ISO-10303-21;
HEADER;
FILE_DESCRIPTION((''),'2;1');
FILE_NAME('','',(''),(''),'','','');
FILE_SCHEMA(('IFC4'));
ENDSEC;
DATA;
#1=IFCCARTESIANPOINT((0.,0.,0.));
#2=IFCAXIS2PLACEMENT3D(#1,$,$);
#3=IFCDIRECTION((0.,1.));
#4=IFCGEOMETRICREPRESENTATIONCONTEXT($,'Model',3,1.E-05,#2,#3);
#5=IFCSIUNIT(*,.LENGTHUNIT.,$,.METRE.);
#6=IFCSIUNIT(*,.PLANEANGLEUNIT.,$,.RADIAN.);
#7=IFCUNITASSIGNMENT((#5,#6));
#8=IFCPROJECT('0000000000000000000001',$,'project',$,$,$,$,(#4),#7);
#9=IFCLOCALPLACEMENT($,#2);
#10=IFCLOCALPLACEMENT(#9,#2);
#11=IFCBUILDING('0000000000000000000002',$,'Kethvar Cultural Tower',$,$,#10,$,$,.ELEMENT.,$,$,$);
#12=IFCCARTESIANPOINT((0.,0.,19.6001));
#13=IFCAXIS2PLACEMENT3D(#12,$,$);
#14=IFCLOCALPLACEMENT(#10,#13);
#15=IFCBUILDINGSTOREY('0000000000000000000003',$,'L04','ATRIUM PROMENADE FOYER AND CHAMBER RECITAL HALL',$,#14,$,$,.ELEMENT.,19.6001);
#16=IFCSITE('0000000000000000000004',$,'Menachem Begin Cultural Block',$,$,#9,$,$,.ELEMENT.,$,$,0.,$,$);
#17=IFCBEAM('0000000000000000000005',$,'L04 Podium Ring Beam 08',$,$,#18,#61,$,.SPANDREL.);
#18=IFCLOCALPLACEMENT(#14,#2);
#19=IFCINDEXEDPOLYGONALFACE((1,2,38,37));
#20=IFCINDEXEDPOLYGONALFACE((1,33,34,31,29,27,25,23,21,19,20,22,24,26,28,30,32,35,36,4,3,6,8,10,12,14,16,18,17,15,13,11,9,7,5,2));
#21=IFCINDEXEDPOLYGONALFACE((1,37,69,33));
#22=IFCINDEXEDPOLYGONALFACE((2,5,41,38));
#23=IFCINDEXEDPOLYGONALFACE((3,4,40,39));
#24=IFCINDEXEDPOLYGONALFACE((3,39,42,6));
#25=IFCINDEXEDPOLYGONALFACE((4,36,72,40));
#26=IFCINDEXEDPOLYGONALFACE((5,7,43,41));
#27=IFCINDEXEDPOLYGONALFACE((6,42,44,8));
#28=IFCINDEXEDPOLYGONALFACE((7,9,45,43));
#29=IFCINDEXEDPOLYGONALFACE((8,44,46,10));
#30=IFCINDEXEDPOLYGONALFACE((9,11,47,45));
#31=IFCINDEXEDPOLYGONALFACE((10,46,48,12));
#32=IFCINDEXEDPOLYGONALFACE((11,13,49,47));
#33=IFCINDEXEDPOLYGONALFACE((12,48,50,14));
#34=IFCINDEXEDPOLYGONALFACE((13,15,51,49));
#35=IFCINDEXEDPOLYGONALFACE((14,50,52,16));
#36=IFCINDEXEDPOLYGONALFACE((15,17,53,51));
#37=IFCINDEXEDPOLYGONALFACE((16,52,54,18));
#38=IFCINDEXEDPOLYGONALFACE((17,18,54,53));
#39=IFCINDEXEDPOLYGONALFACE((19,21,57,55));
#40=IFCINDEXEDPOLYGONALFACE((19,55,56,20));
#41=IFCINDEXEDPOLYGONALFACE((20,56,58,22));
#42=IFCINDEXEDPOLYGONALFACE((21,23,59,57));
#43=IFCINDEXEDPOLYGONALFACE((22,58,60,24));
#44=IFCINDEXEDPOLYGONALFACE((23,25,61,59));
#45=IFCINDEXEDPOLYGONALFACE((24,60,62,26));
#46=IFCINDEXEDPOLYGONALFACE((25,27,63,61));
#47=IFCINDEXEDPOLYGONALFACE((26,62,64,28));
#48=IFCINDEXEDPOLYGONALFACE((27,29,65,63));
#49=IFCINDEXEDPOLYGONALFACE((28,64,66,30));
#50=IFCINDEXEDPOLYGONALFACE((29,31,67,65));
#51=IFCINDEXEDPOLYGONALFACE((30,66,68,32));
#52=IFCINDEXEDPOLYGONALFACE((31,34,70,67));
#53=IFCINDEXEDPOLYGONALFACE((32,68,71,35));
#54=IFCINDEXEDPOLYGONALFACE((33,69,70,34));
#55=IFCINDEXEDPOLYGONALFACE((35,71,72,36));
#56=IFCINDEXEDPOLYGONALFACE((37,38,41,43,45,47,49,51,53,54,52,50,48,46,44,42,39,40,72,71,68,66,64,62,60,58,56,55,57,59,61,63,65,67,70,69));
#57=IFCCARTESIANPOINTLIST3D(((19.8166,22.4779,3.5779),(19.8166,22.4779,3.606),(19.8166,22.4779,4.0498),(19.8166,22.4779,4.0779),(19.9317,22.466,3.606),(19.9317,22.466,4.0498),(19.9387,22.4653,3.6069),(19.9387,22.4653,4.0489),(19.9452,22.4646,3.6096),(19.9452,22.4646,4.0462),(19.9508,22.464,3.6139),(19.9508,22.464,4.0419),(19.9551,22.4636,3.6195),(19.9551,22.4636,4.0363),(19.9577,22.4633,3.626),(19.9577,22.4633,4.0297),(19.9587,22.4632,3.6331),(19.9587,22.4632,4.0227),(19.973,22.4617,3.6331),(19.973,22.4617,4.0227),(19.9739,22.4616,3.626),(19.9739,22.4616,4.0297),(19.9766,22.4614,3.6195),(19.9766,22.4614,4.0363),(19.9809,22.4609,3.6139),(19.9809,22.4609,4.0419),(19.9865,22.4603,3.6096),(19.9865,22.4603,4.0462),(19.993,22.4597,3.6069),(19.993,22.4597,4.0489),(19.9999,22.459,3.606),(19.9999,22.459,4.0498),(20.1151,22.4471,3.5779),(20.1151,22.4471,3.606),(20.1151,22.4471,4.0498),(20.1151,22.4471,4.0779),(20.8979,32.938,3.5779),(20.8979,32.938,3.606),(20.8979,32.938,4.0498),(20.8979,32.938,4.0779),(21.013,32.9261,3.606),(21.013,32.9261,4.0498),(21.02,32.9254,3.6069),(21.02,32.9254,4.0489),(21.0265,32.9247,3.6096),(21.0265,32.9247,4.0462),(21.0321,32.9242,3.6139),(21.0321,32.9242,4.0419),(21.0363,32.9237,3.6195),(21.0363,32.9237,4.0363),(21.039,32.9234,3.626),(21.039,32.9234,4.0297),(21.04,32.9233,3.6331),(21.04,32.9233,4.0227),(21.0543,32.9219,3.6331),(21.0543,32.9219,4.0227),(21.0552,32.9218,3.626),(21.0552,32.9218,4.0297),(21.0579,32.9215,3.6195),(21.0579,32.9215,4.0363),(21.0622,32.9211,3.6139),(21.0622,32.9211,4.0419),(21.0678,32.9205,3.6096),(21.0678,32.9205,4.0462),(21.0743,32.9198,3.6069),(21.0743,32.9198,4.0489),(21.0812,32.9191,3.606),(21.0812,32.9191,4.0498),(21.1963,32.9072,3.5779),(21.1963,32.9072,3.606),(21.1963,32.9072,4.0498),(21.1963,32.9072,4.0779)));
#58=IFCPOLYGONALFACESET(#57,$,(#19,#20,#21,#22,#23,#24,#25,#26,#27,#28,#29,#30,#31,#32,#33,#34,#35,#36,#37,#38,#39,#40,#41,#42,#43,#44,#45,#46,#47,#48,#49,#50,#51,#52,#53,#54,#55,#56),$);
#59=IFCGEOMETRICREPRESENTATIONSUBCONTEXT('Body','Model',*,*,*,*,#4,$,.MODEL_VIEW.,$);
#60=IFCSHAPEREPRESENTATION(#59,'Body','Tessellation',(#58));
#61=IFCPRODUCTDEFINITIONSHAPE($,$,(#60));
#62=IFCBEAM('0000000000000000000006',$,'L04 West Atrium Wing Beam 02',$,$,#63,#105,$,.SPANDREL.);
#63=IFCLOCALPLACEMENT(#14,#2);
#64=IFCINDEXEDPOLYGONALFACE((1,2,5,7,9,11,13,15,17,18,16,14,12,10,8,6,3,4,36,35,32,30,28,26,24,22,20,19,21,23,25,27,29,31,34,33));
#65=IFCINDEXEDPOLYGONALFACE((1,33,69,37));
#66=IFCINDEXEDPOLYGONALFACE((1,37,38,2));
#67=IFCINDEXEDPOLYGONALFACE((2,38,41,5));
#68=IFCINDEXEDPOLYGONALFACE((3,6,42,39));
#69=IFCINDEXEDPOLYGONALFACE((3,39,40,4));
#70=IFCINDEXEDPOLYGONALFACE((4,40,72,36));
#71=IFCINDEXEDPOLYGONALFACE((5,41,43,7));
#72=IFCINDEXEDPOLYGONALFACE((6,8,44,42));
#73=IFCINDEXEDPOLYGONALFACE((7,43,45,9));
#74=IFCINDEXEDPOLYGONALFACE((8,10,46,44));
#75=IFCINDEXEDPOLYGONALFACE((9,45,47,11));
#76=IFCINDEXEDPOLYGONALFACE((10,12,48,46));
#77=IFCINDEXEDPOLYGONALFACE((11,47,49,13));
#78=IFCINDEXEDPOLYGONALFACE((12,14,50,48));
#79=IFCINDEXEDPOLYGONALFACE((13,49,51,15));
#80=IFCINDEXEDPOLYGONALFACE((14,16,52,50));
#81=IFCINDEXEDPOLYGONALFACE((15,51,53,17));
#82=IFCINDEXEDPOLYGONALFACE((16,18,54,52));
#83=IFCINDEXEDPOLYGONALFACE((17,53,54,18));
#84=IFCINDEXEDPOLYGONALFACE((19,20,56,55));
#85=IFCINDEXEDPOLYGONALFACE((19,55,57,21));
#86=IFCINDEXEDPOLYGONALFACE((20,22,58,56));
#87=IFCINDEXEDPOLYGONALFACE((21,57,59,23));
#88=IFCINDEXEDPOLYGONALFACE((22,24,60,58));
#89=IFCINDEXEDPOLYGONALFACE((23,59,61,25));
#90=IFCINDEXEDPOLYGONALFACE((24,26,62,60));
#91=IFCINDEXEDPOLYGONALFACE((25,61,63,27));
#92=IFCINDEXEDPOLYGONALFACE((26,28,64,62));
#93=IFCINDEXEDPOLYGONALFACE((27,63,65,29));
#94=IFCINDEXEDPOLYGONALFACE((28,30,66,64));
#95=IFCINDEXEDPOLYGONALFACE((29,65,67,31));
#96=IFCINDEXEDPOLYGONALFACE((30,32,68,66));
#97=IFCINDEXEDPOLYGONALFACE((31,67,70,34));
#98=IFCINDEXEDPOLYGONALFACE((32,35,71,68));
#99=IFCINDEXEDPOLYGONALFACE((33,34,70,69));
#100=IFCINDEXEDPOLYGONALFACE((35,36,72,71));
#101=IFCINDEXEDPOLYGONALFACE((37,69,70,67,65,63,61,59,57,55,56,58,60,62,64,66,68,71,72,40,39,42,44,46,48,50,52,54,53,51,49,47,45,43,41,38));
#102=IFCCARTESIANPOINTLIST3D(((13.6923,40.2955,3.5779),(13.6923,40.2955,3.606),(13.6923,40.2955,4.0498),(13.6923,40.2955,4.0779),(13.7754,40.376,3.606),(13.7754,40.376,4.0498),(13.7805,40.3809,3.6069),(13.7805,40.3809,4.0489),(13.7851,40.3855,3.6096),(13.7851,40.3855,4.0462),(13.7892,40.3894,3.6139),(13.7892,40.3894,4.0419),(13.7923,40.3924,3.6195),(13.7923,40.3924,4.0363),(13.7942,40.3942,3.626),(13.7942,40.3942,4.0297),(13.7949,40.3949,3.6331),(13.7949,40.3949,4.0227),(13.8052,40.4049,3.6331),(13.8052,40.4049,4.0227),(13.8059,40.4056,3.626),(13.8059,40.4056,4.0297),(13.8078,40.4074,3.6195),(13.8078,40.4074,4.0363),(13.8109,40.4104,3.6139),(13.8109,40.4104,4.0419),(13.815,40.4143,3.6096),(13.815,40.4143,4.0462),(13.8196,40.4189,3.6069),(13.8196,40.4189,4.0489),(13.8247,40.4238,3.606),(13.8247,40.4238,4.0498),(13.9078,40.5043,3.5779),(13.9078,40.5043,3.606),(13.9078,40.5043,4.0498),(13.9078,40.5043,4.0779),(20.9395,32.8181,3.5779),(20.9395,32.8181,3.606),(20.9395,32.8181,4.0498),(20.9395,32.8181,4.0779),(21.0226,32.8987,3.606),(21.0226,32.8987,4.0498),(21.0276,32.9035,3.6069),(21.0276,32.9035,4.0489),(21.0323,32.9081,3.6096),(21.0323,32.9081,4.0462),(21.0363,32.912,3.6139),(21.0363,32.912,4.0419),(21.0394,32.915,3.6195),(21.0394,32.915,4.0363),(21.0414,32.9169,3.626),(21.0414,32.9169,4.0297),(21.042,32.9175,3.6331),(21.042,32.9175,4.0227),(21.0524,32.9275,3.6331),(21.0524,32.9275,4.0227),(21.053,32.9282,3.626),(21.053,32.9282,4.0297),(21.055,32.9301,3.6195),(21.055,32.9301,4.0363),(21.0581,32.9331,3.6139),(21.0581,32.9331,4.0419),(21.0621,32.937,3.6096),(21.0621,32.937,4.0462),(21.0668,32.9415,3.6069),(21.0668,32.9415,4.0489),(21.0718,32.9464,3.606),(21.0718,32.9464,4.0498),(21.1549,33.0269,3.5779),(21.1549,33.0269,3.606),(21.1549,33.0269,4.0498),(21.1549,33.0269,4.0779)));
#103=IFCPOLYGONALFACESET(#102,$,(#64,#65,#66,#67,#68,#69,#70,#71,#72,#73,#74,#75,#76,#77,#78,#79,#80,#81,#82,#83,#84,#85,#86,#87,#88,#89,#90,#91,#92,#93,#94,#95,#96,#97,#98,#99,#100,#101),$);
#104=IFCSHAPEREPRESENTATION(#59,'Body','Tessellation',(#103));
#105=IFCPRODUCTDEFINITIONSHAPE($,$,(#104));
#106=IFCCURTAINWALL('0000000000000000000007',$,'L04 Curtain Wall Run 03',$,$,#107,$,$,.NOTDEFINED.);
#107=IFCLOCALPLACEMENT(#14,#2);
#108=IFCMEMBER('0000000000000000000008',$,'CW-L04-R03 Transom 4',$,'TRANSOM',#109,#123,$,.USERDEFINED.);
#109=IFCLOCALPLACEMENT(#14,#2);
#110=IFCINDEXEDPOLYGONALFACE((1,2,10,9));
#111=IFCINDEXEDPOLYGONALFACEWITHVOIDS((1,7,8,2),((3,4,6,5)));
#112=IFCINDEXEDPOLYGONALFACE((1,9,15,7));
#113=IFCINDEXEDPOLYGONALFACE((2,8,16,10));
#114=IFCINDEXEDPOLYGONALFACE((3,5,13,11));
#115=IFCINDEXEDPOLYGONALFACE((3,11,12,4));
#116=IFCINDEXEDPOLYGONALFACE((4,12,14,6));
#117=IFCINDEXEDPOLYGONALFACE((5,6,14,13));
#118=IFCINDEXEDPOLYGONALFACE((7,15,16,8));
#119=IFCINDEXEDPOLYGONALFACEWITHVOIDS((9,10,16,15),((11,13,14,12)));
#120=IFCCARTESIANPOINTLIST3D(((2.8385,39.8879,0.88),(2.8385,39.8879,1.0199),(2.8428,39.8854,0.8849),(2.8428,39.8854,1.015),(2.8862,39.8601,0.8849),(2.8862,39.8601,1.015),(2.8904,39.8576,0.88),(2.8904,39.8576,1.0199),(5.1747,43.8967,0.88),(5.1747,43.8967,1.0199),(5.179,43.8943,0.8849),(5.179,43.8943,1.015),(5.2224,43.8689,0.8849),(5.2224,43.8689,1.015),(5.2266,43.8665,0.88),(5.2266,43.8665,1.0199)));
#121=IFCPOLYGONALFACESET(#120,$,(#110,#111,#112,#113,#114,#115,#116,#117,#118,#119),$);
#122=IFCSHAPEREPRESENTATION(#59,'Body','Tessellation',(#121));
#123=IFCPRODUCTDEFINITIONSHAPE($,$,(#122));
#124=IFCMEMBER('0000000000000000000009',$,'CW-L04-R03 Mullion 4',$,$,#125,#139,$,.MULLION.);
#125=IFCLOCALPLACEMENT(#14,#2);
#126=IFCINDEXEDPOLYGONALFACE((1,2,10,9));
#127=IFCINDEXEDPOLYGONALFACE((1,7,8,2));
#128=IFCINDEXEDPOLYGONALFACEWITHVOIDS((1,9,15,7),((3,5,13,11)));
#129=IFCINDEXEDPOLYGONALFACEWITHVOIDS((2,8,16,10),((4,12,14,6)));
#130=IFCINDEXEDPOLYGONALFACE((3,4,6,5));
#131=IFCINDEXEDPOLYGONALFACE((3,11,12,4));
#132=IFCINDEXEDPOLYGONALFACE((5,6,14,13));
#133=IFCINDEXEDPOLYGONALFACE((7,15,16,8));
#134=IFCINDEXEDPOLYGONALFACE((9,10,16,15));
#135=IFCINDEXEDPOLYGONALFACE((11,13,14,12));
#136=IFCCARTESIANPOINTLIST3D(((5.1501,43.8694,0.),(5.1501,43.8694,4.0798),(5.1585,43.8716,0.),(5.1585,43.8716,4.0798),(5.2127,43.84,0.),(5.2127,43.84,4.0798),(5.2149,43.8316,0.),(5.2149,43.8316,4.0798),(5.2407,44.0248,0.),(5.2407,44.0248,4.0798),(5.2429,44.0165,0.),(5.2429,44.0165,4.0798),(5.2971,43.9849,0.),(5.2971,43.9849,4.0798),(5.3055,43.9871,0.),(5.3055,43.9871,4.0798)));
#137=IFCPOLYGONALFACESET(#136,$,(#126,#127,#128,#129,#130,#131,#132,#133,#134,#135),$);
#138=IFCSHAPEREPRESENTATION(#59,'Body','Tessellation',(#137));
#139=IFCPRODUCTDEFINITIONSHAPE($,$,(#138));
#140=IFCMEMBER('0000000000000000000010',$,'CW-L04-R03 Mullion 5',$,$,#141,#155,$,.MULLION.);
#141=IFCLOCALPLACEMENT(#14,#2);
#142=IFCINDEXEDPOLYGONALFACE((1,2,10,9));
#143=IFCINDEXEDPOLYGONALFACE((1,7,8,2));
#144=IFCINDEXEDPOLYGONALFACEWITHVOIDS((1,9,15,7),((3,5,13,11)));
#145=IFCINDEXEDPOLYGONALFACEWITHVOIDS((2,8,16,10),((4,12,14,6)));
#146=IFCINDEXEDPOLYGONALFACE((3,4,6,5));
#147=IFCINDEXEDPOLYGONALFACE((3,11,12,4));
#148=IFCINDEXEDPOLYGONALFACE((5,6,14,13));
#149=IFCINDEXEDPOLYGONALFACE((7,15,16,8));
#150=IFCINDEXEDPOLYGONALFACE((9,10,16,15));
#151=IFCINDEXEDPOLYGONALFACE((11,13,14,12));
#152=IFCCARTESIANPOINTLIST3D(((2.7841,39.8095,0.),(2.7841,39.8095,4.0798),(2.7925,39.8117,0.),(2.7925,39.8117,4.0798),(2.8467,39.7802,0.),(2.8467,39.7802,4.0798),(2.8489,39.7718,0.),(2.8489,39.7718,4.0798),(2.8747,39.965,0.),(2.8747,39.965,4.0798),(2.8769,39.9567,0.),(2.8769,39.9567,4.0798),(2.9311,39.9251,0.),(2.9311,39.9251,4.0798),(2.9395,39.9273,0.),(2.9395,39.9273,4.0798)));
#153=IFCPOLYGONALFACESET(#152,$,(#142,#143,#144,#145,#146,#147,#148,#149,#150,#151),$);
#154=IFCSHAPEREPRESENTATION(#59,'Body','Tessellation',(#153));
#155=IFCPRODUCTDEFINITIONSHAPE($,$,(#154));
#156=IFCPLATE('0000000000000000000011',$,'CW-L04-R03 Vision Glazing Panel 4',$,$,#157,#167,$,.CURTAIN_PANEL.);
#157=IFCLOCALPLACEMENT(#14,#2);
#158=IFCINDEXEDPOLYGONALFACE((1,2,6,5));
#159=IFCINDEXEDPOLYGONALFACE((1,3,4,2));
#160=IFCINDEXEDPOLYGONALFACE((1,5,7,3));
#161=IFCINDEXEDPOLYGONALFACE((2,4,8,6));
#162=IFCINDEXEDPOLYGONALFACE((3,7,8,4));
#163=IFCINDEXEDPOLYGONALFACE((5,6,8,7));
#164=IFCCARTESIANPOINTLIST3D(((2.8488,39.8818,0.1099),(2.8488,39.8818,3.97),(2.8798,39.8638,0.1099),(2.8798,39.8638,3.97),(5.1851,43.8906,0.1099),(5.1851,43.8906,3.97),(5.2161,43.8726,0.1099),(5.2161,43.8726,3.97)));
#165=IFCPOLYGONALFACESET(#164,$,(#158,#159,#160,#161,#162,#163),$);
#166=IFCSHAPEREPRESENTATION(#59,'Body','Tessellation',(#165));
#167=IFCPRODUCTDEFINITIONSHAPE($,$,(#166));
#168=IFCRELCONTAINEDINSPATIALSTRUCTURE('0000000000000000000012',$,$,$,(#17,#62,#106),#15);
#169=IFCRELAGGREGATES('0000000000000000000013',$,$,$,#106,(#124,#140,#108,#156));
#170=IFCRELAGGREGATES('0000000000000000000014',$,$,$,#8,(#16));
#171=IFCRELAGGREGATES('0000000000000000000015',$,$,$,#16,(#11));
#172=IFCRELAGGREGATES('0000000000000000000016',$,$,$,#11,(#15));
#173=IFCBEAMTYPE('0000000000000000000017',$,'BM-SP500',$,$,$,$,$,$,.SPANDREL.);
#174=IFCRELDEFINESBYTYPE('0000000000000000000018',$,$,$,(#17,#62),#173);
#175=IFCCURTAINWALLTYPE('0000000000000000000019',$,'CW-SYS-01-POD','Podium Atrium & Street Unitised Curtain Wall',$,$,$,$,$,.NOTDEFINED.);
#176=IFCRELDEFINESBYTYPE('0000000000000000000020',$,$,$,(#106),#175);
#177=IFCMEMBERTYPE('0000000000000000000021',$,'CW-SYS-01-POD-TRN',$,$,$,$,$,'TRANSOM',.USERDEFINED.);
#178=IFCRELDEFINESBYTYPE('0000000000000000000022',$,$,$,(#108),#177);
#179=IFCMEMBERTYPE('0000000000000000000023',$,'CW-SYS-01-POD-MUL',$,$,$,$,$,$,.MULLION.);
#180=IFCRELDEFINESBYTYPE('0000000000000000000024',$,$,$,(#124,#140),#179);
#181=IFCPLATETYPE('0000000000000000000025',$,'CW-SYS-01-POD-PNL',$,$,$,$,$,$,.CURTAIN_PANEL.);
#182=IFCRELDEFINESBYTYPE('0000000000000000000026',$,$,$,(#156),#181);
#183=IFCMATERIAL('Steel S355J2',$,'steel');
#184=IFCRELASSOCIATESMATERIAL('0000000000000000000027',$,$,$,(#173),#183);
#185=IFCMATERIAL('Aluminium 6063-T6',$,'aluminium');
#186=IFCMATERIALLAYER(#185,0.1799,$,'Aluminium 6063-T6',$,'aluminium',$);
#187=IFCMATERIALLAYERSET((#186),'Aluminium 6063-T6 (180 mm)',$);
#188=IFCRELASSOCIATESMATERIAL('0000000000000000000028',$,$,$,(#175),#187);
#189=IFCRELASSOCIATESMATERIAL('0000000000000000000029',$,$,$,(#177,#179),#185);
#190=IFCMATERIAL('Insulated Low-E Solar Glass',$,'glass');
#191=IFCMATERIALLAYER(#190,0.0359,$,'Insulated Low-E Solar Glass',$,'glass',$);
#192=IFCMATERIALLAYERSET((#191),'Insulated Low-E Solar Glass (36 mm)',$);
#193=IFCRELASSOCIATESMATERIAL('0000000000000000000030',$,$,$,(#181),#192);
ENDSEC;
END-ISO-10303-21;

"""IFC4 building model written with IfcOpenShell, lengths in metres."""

from ifc_helpers import new_model, si_unit, direction, frame, origin, origin_2d, place, context, subcontext, project, spatial, rectangle, hollow_rectangle, i_section, extrude, source, transform, mapped, material, layer, layer_set, material_profile, profile_set, type_object, element, aggregate, save


model = new_model("IFC4")

# Units and contexts
model_context = context("Model", 3, precision=1e-05, world=origin(), true_north=direction((0.0, 1.0)))
body_context = subcontext(model_context, "Body", "Model", "MODEL_VIEW")
ifc_project = project(units=[si_unit("LENGTHUNIT", "METRE"), si_unit("PLANEANGLEUNIT", "RADIAN")], contexts=[model_context])

# Site, building, storey
site_placement = place(None, origin())
site = spatial("IfcSite", under=ifc_project, at=site_placement, Name="Menachem Begin Cultural Block", CompositionType="ELEMENT", RefElevation=0.0)
building_placement = place(site_placement, origin())
building = spatial("IfcBuilding", under=site, at=building_placement, Name="Kethvar Cultural Tower", CompositionType="ELEMENT")
storey_placement = place(building_placement, frame((0.0, 0.0, 19.6001)))
storey = spatial("IfcBuildingStorey", under=building, at=storey_placement, Name="L04", Description="ATRIUM PROMENADE FOYER AND CHAMBER RECITAL HALL", CompositionType="ELEMENT", Elevation=19.6001)

# Shared definitions
ifc_material_1 = material(Name="Steel S355J2", Category="steel")

# Beams
ifc_material_profile_1 = material_profile(ifc_material_1, i_section(OverallWidth=0.3, OverallDepth=0.5, WebThickness=0.0144, FlangeThickness=0.0281, FilletRadius=0.0271, at=origin_2d()), Name="Steel S355J2 — HEB500")
ifc_profile_set_1 = profile_set([ifc_material_profile_1], Name="Steel S355J2 — HEB500")
beam_type = type_object("IfcBeamType", Name="BM-SP500", PredefinedType="SPANDREL", material=ifc_profile_set_1)
shared_shape_1 = source(origin(), body_context, "Body", "SweptSolid", [
    extrude(i_section(OverallWidth=0.3, OverallDepth=0.5, WebThickness=0.0144, FlangeThickness=0.0281, FilletRadius=0.0271, at=origin_2d()), origin(), (0.0, 0.0, 1.0), 10.5159),
])
beam_1_placement = place(storey_placement, frame((21.0471, 32.9226, 3.8279), z_axis=(-0.102825, -0.994699, 0.0), x_axis=(0.994699, -0.102825, 0.0)))
element("IfcBeam", 1, at=beam_1_placement, inside=storey, type_object=beam_type, Name="L04 Podium Ring Beam 08", PredefinedType="SPANDREL", context=body_context, shape_type="MappedRepresentation", body=[
    mapped(shared_shape_1, transform((0.0, 0.0, 0.0), scale=1.0)),
])
shared_shape_2 = source(origin(), body_context, "Body", "SweptSolid", [
    extrude(i_section(OverallWidth=0.3, OverallDepth=0.5, WebThickness=0.0144, FlangeThickness=0.0281, FilletRadius=0.0271, at=origin_2d()), origin(), (0.0, 0.0, 1.0), 10.4131),
])
beam_2_placement = place(storey_placement, frame((13.8, 40.3999, 3.8279), z_axis=(0.695966, -0.718075, 0.0), x_axis=(0.718075, 0.695966, 0.0)))
element("IfcBeam", 2, at=beam_2_placement, inside=storey, type_object=beam_type, Name="L04 West Atrium Wing Beam 02", PredefinedType="SPANDREL", context=body_context, shape_type="MappedRepresentation", body=[
    mapped(shared_shape_2, transform((0.0, 0.0, 0.0), scale=1.0)),
])

# Curtain wall, members, plate
ifc_material_2 = material(Name="Aluminium 6063-T6", Category="aluminium")
ifc_layer_1 = layer(ifc_material_2, 0.1799, Name="Aluminium 6063-T6", Category="aluminium")
ifc_layer_set_1 = layer_set([ifc_layer_1], Name="Aluminium 6063-T6 (180 mm)")
curtain_wall_type = type_object("IfcCurtainWallType", Name="CW-SYS-01-POD", Description="Podium Atrium & Street Unitised Curtain Wall", PredefinedType="NOTDEFINED", material=ifc_layer_set_1)
curtain_wall_placement = place(storey_placement, origin())
curtain_wall = element("IfcCurtainWall", 3, at=curtain_wall_placement, inside=storey, type_object=curtain_wall_type, Name="L04 Curtain Wall Run 03", PredefinedType="NOTDEFINED")
ifc_material_profile_2 = material_profile(ifc_material_2, hollow_rectangle(XDim=0.0601, YDim=0.1399, WallThickness=0.0049, at=origin_2d()), Name="Aluminium 6063-T6 — RHS140x60x5")
ifc_profile_set_2 = profile_set([ifc_material_profile_2], Name="Aluminium 6063-T6 — RHS140x60x5")
member_type_1 = type_object("IfcMemberType", Name="CW-SYS-01-POD-TRN", ElementType="TRANSOM", PredefinedType="USERDEFINED", material=ifc_profile_set_2)
shared_shape_3 = source(origin(), body_context, "Body", "SweptSolid", [
    extrude(hollow_rectangle(XDim=0.0601, YDim=0.1399, WallThickness=0.0049, at=origin_2d()), origin(), (0.0, 0.0, 1.0), 4.6399),
])
member_1_placement = place(storey_placement, frame((5.2007, 43.8816, 0.95), z_axis=(-0.503505, -0.863993, 0.0), x_axis=(0.863993, -0.503505, 0.0)))
member_1 = element("IfcMember", 4, at=member_1_placement, type_object=member_type_1, Name="CW-L04-R03 Transom 4", ObjectType="TRANSOM", PredefinedType="USERDEFINED", context=body_context, shape_type="MappedRepresentation", body=[
    mapped(shared_shape_3, transform((0.0, 0.0, 0.0), scale=1.0)),
])
ifc_material_profile_3 = material_profile(ifc_material_2, hollow_rectangle(XDim=0.075, YDim=0.1799, WallThickness=0.0061, at=origin_2d()), Name="Aluminium 6063-T6 — RHS180x75x6")
ifc_profile_set_3 = profile_set([ifc_material_profile_3], Name="Aluminium 6063-T6 — RHS180x75x6")
member_type_2 = type_object("IfcMemberType", Name="CW-SYS-01-POD-MUL", PredefinedType="MULLION", material=ifc_profile_set_3)
shared_shape_4 = source(origin(), body_context, "Body", "SweptSolid", [
    extrude(hollow_rectangle(XDim=0.075, YDim=0.1799, WallThickness=0.0061, at=origin_2d()), origin(), (0.0, 0.0, 1.0), 4.0798),
])
member_2_placement = place(storey_placement, frame((5.2278, 43.9282, 0.0), z_axis=(0.0, 0.0, 1.0), x_axis=(0.863985, -0.503518, 0.0)))
member_2 = element("IfcMember", 5, at=member_2_placement, type_object=member_type_2, Name="CW-L04-R03 Mullion 4", PredefinedType="MULLION", context=body_context, shape_type="MappedRepresentation", body=[
    mapped(shared_shape_4, transform((0.0, 0.0, 0.0), scale=1.0)),
])
member_3_placement = place(storey_placement, frame((2.8618, 39.8684, 0.0), z_axis=(0.0, 0.0, 1.0), x_axis=(0.863985, -0.503518, 0.0)))
member_3 = element("IfcMember", 6, at=member_3_placement, type_object=member_type_2, Name="CW-L04-R03 Mullion 5", PredefinedType="MULLION", context=body_context, shape_type="MappedRepresentation", body=[
    mapped(shared_shape_4, transform((0.0, 0.0, 0.0), scale=1.0)),
])
ifc_material_3 = material(Name="Insulated Low-E Solar Glass", Category="glass")
ifc_layer_2 = layer(ifc_material_3, 0.0359, Name="Insulated Low-E Solar Glass", Category="glass")
ifc_layer_set_2 = layer_set([ifc_layer_2], Name="Insulated Low-E Solar Glass (36 mm)")
plate_type = type_object("IfcPlateType", Name="CW-SYS-01-POD-PNL", PredefinedType="CURTAIN_PANEL", material=ifc_layer_set_2)
shared_shape_5 = source(origin(), body_context, "Body", "SweptSolid", [
    extrude(rectangle(XDim=4.6399, YDim=0.0359, at=origin_2d()), origin(), (0.0, 0.0, 1.0), 3.8601),
])
plate_placement = place(storey_placement, frame((4.0325, 41.8772, 0.1099), z_axis=(0.0, 0.0, 1.0), x_axis=(-0.503518, -0.863985, 0.0)))
plate = element("IfcPlate", 7, at=plate_placement, type_object=plate_type, Name="CW-L04-R03 Vision Glazing Panel 4", PredefinedType="CURTAIN_PANEL", context=body_context, shape_type="MappedRepresentation", body=[
    mapped(shared_shape_5, transform((0.0, 0.0, 0.0), scale=1.0)),
])
aggregate(curtain_wall, [member_2, member_3, member_1, plate])

save(model, "model.ifc")
